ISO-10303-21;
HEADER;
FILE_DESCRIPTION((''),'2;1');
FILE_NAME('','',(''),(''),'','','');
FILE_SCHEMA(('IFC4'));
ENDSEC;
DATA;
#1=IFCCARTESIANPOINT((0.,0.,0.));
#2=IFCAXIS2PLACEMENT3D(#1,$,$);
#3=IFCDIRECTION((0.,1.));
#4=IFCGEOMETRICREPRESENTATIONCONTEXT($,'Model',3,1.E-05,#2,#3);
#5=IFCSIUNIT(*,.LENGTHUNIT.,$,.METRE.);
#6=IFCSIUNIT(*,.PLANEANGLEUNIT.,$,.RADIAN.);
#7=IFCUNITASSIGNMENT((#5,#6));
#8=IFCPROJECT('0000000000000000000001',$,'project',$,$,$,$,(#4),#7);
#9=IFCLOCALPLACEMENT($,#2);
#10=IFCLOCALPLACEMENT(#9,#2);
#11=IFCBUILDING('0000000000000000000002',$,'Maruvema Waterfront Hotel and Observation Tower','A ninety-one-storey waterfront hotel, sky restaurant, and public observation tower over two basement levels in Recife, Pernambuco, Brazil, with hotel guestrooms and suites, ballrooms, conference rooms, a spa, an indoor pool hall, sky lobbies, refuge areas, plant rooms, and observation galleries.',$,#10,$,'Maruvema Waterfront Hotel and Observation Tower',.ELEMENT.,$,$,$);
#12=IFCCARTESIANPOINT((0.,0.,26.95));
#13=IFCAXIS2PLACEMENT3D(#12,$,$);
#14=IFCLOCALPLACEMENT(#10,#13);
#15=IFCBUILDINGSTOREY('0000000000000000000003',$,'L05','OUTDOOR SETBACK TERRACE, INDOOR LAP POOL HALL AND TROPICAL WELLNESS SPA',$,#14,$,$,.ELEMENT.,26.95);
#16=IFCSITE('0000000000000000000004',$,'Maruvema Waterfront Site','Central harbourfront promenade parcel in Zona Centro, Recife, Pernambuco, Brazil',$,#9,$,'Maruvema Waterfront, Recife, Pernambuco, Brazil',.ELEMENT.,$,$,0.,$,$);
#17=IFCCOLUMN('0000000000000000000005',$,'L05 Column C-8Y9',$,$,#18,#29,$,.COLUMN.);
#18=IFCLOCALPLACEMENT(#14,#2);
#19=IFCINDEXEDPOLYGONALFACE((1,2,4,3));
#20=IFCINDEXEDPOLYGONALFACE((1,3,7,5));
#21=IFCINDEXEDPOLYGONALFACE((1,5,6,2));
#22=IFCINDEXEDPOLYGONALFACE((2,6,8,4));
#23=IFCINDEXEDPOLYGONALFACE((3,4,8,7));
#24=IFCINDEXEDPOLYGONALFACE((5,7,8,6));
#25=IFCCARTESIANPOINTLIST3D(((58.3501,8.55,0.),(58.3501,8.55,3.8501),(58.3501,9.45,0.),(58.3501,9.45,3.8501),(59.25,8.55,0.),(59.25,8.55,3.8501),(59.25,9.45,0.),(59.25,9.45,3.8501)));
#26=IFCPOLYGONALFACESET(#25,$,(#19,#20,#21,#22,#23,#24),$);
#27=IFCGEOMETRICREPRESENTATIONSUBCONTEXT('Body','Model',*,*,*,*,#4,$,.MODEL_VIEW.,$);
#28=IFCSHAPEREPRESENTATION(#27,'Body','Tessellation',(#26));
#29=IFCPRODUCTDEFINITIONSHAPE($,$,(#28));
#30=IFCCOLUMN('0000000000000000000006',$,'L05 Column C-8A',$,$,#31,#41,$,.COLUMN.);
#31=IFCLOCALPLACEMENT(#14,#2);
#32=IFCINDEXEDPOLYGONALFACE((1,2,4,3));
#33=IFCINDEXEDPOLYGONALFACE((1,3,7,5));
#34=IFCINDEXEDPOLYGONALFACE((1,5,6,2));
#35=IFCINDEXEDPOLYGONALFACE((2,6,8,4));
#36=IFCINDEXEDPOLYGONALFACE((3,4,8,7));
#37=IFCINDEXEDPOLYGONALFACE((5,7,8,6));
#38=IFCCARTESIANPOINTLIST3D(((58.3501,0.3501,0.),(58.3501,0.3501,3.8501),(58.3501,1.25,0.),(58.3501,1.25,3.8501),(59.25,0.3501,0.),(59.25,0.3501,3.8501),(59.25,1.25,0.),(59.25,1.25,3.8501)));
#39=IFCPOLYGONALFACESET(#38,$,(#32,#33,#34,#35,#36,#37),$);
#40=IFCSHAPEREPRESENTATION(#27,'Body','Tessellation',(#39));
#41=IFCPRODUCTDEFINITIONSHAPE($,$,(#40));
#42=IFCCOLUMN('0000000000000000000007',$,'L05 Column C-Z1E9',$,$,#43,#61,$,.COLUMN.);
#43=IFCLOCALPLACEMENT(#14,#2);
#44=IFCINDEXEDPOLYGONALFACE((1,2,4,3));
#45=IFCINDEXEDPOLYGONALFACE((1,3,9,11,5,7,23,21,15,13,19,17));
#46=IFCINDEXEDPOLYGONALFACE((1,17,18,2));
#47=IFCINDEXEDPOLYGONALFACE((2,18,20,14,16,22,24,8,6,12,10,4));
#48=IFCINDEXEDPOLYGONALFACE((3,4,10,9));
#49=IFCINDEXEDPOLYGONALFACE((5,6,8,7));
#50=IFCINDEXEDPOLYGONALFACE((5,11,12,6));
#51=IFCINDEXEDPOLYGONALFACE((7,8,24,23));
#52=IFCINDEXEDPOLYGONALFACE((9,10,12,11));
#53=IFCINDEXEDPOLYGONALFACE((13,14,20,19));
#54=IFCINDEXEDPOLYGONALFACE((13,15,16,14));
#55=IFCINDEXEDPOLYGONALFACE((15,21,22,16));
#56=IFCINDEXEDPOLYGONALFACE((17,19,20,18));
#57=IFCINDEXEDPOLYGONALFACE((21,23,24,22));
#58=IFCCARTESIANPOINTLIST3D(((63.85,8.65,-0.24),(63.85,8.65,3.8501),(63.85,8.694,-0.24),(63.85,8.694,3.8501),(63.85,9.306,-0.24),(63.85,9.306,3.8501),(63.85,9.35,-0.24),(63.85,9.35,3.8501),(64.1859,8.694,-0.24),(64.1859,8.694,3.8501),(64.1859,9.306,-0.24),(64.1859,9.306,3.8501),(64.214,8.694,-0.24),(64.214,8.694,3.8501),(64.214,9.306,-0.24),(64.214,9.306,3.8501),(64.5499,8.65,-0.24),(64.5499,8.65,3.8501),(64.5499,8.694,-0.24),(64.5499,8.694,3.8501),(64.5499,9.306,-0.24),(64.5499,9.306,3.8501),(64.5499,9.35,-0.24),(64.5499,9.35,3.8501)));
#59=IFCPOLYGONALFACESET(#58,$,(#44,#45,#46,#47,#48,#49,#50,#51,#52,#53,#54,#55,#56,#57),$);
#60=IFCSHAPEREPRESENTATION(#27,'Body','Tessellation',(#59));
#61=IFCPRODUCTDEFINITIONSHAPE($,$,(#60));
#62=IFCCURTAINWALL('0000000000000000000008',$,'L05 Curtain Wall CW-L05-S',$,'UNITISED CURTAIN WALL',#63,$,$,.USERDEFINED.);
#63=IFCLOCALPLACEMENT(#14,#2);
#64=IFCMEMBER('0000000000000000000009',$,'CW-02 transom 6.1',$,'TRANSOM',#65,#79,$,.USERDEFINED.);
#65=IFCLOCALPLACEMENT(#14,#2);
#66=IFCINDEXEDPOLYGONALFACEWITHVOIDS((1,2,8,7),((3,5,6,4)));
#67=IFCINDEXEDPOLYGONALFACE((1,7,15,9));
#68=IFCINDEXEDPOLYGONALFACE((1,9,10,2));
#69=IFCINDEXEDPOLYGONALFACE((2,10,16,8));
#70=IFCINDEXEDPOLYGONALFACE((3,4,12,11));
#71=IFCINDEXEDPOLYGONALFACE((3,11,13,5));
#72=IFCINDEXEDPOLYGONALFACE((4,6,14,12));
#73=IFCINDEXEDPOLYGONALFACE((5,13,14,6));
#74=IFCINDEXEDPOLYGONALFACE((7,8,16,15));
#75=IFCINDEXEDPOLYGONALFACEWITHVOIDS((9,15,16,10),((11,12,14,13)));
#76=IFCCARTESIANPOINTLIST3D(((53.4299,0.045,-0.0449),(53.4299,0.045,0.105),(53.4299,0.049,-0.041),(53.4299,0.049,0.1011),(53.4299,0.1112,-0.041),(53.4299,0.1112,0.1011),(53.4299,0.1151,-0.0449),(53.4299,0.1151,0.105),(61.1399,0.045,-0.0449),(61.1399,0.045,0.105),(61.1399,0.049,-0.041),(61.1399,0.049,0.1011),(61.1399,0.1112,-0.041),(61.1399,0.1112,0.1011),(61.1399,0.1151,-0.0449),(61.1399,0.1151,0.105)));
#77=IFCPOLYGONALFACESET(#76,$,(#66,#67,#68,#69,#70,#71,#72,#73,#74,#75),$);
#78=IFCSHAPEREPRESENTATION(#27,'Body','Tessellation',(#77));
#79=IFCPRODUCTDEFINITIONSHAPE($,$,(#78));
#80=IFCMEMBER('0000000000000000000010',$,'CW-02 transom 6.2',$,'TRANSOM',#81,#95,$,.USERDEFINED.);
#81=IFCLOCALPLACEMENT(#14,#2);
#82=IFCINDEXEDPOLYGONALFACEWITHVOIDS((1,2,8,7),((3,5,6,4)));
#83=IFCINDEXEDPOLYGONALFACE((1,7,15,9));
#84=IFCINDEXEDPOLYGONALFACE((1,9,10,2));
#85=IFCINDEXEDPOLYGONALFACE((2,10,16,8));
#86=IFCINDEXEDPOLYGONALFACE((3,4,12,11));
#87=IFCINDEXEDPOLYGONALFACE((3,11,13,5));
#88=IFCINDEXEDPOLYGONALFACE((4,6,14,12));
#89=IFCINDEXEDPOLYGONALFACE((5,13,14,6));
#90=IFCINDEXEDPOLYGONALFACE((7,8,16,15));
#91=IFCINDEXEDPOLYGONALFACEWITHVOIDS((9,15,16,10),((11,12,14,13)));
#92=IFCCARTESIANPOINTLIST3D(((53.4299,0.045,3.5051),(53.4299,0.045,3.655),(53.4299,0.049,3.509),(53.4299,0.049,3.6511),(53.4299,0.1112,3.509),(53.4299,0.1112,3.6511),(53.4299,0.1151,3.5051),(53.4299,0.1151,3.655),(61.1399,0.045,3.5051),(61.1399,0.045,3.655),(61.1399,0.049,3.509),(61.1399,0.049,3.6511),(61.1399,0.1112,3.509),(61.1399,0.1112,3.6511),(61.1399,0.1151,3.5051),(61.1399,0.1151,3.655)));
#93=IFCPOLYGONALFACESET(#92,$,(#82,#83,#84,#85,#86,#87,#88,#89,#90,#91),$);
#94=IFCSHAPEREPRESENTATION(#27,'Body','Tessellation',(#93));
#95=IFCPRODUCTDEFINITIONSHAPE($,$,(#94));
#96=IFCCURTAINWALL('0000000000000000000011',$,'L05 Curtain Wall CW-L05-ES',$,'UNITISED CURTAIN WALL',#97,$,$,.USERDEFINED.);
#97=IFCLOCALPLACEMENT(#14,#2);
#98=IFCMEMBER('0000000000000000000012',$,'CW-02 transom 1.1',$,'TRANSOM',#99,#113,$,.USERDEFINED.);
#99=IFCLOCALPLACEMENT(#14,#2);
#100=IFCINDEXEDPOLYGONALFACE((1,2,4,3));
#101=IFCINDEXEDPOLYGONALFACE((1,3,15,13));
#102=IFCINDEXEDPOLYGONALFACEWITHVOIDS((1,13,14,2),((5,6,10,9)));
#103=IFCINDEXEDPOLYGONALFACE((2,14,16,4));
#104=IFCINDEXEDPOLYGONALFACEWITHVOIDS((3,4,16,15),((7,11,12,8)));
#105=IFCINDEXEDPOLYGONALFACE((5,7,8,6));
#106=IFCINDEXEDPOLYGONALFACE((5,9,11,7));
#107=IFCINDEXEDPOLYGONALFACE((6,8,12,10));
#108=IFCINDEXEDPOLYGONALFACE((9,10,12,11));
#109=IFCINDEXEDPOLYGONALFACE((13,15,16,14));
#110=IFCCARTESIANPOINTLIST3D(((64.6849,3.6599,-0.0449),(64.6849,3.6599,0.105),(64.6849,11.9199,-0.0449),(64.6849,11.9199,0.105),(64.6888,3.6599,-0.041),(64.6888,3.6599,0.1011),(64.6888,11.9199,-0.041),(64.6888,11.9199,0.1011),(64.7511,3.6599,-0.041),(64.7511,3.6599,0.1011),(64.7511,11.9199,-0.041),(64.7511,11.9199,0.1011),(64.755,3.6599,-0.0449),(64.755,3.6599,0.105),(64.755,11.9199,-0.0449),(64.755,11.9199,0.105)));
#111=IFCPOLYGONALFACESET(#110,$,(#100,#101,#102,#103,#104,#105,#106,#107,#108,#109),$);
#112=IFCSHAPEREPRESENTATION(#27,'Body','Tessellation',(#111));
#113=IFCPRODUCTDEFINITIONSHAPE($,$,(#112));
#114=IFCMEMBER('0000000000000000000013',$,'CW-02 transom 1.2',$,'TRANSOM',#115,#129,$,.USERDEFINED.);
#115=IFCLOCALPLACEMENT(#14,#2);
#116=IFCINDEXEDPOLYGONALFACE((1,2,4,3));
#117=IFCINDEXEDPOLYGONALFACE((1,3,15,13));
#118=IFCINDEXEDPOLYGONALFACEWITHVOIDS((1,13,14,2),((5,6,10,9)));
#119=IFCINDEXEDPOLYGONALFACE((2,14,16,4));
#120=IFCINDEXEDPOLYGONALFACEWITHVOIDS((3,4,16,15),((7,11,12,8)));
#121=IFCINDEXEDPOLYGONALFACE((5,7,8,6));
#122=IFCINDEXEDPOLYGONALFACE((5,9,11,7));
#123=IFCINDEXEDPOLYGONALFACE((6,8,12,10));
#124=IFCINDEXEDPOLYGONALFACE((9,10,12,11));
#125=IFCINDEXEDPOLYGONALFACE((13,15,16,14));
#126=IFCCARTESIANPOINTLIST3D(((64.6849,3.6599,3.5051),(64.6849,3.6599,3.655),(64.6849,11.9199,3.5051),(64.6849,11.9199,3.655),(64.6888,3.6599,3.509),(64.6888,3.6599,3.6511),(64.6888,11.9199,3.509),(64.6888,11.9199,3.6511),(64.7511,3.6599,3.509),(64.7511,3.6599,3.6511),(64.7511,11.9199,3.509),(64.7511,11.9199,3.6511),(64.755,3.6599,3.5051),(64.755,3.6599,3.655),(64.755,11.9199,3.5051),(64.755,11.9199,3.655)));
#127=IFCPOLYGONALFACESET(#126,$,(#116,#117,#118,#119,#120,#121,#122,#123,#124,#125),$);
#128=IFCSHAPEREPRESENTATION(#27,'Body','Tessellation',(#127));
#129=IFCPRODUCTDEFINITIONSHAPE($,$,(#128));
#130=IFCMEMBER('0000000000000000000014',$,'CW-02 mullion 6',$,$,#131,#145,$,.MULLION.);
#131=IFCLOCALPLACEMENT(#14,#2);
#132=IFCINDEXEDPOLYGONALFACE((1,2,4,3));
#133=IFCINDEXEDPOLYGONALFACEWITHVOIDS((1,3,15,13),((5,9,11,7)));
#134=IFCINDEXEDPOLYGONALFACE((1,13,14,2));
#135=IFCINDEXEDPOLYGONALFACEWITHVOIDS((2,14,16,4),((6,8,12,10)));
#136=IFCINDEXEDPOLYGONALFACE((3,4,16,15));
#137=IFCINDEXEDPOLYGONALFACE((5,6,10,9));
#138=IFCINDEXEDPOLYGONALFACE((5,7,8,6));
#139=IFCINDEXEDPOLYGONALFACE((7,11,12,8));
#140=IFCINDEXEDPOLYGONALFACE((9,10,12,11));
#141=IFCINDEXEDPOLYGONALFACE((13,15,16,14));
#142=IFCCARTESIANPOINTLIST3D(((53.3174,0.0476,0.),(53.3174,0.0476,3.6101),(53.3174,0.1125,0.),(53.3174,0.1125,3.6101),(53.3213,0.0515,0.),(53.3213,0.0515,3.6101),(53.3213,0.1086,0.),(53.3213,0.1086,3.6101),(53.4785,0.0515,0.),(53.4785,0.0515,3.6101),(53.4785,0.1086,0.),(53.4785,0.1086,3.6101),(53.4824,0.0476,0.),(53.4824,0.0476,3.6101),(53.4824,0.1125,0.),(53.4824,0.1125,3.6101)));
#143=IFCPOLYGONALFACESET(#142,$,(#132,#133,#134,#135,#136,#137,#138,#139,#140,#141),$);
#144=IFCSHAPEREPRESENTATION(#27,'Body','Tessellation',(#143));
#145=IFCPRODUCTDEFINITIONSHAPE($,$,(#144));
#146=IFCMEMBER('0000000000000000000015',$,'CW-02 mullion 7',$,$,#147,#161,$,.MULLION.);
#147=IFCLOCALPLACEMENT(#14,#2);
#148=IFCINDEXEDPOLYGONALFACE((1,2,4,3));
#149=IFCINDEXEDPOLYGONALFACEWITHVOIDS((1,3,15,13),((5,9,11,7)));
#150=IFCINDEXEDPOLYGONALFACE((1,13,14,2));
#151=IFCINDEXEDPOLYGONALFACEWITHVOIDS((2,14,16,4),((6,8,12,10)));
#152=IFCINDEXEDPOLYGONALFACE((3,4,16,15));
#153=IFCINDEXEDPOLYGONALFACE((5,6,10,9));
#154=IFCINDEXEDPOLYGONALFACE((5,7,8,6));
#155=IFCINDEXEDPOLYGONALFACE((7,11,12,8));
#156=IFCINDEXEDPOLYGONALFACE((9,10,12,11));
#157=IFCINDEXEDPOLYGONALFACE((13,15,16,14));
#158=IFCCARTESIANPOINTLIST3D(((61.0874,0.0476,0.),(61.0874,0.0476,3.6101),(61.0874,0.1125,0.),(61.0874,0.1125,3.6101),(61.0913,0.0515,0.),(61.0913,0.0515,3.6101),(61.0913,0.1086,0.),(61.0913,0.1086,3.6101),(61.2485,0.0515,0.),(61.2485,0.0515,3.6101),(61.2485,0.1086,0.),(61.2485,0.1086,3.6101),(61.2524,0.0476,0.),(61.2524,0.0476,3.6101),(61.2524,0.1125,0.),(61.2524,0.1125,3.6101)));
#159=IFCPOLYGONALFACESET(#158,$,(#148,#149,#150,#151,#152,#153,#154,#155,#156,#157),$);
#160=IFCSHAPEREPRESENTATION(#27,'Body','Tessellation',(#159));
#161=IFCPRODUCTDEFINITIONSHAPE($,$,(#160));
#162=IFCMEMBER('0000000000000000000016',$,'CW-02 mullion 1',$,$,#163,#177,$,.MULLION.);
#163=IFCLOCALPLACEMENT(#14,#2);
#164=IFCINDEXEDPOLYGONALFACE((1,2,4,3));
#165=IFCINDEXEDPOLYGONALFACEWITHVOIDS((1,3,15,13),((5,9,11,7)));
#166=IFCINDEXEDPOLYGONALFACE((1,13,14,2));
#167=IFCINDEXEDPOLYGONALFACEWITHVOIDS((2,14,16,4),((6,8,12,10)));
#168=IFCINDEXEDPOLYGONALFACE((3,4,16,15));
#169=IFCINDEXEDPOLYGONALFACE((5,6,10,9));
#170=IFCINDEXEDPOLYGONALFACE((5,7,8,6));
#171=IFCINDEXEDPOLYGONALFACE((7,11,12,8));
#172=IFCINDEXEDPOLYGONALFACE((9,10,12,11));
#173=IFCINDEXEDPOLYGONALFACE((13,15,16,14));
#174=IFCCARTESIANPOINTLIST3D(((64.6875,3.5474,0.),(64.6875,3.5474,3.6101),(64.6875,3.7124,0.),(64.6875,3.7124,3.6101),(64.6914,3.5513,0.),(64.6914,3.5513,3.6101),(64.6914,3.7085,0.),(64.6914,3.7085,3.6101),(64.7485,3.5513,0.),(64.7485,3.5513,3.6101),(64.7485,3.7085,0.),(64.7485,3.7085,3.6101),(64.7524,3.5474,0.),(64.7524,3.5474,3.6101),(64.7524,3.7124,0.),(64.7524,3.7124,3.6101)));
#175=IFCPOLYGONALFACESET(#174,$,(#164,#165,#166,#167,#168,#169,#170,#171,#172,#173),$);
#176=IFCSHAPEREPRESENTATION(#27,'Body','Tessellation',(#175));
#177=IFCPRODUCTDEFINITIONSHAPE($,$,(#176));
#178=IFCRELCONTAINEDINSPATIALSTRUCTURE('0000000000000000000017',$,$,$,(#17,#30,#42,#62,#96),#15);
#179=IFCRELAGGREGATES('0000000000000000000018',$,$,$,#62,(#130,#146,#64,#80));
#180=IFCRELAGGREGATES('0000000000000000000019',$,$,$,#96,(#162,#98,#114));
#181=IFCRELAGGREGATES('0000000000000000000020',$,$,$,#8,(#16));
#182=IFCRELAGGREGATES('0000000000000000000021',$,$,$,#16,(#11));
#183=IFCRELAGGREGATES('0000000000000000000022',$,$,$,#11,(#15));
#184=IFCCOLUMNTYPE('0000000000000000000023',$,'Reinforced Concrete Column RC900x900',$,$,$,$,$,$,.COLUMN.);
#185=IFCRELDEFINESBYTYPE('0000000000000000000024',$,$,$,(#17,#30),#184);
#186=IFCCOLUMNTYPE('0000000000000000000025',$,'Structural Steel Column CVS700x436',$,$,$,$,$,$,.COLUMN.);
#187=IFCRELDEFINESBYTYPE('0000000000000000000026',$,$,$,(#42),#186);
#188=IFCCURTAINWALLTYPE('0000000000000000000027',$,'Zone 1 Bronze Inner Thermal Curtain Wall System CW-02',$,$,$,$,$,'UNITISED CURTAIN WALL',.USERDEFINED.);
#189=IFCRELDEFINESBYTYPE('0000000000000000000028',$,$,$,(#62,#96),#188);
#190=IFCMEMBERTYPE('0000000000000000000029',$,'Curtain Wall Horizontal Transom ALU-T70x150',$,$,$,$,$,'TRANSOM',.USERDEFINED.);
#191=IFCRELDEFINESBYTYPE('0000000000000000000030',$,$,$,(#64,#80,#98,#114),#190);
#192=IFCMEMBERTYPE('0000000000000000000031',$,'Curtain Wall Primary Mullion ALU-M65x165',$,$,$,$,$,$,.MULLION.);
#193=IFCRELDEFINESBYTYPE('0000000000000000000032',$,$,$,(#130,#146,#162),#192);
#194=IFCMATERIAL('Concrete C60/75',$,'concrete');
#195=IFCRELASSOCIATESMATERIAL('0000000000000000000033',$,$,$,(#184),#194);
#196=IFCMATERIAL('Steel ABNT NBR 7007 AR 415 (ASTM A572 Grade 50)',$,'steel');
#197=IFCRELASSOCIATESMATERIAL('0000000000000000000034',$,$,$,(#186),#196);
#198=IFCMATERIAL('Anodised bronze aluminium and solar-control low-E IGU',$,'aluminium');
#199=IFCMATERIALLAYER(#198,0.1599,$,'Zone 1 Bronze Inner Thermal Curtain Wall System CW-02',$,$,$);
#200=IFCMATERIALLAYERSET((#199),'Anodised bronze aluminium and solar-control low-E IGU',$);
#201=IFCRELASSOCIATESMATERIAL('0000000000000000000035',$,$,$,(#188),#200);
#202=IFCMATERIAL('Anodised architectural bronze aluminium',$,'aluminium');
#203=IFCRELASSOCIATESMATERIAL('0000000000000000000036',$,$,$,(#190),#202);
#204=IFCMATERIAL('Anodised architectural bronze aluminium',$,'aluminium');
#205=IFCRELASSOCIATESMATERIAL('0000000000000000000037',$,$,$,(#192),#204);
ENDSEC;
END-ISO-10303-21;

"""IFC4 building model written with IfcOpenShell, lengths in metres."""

from ifc_helpers import new_model, si_unit, direction, frame, origin, origin_2d, place, context, subcontext, project, spatial, rectangle, hollow_rectangle, i_section, extrude, material, layer, layer_set, material_profile, profile_set, type_object, element, aggregate, save


model = new_model("IFC4")

# Units and contexts
model_context = context("Model", 3, precision=1e-05, world=origin(), true_north=direction((0.0, 1.0)))
body_context = subcontext(model_context, "Body", "Model", "MODEL_VIEW")
ifc_project = project(units=[si_unit("LENGTHUNIT", "METRE"), si_unit("PLANEANGLEUNIT", "RADIAN")], contexts=[model_context])

# Site, building, storey
site_placement = place(None, origin())
site = spatial("IfcSite", under=ifc_project, at=site_placement, Name="Maruvema Waterfront Site", Description="Central harbourfront promenade parcel in Zona Centro, Recife, Pernambuco, Brazil", LongName="Maruvema Waterfront, Recife, Pernambuco, Brazil", CompositionType="ELEMENT", RefElevation=0.0)
building_placement = place(site_placement, origin())
building = spatial("IfcBuilding", under=site, at=building_placement, Name="Maruvema Waterfront Hotel and Observation Tower", Description="A ninety-one-storey waterfront hotel, sky restaurant, and public observation tower over two basement levels in Recife, Pernambuco, Brazil, with hotel guestrooms and suites, ballrooms, conference rooms, a spa, an indoor pool hall, sky lobbies, refuge areas, plant rooms, and observation galleries.", LongName="Maruvema Waterfront Hotel and Observation Tower", CompositionType="ELEMENT")
storey_placement = place(building_placement, frame((0.0, 0.0, 26.95)))
storey = spatial("IfcBuildingStorey", under=building, at=storey_placement, Name="L05", Description="OUTDOOR SETBACK TERRACE, INDOOR LAP POOL HALL AND TROPICAL WELLNESS SPA", CompositionType="ELEMENT", Elevation=26.95)

# Columns
ifc_material_1 = material(Name="Concrete C60/75", Category="concrete")
ifc_material_profile_1 = material_profile(ifc_material_1, rectangle(XDim=0.8999, YDim=0.8999, at=origin_2d()), Name="RC900x900")
ifc_profile_set_1 = profile_set([ifc_material_profile_1], Name="Concrete C60/75")
column_type_1 = type_object("IfcColumnType", Name="Reinforced Concrete Column RC900x900", PredefinedType="COLUMN", material=ifc_profile_set_1)
for number, where, z_axis, x_axis, name in (
    (1, (58.8, 9.0, 0.0), (0.0, 0.0, 1.0), (1.0, 0.0, 0.0), "L05 Column C-8Y9"),
    (2, (58.8, 0.8, 0.0), (0.0, 0.0, 1.0), (1.0, 0.0, 0.0), "L05 Column C-8A"),
):
    element("IfcColumn", number, at=place(storey_placement, frame(where, z_axis=z_axis, x_axis=x_axis)), inside=storey, type_object=column_type_1, Name=name, PredefinedType="COLUMN", context=body_context, shape_type="SweptSolid", body=[
        extrude(rectangle(XDim=0.8999, YDim=0.8999, at=origin_2d()), origin(), (0.0, 0.0, 1.0), 3.8501),
    ])
ifc_material_2 = material(Name="Steel ABNT NBR 7007 AR 415 (ASTM A572 Grade 50)", Category="steel")
ifc_material_profile_2 = material_profile(ifc_material_2, i_section(OverallWidth=0.7, OverallDepth=0.7, WebThickness=0.0281, FlangeThickness=0.0439, at=origin_2d()), Name="CVS700x436")
ifc_profile_set_2 = profile_set([ifc_material_profile_2], Name="Steel ABNT NBR 7007 AR 415 (ASTM A572 Grade 50)")
column_type_2 = type_object("IfcColumnType", Name="Structural Steel Column CVS700x436", PredefinedType="COLUMN", material=ifc_profile_set_2)
column_placement = place(storey_placement, frame((64.2, 9.0, -0.24), z_axis=(0.0, 0.0, 1.0), x_axis=(1.0, 0.0, 0.0)))
element("IfcColumn", 3, at=column_placement, inside=storey, type_object=column_type_2, Name="L05 Column C-Z1E9", PredefinedType="COLUMN", context=body_context, shape_type="SweptSolid", body=[
    extrude(i_section(OverallWidth=0.7, OverallDepth=0.7, WebThickness=0.0281, FlangeThickness=0.0439, at=origin_2d()), origin(), (0.0, 0.0, 1.0), 4.0901),
])

# Curtain walls, members
ifc_material_3 = material(Name="Anodised bronze aluminium and solar-control low-E IGU", Category="aluminium")
ifc_layer_1 = layer(ifc_material_3, 0.1599, Name="Zone 1 Bronze Inner Thermal Curtain Wall System CW-02")
ifc_layer_set_1 = layer_set([ifc_layer_1], Name="Anodised bronze aluminium and solar-control low-E IGU")
curtain_wall_type = type_object("IfcCurtainWallType", Name="Zone 1 Bronze Inner Thermal Curtain Wall System CW-02", ElementType="UNITISED CURTAIN WALL", PredefinedType="USERDEFINED", material=ifc_layer_set_1)
curtain_wall_1_placement = place(storey_placement, origin())
curtain_wall_1 = element("IfcCurtainWall", 4, at=curtain_wall_1_placement, inside=storey, type_object=curtain_wall_type, Name="L05 Curtain Wall CW-L05-S", ObjectType="UNITISED CURTAIN WALL", PredefinedType="USERDEFINED")
ifc_material_4 = material(Name="Anodised architectural bronze aluminium", Category="aluminium")
ifc_material_profile_3 = material_profile(ifc_material_4, hollow_rectangle(XDim=0.0701, YDim=0.1499, WallThickness=0.0039, at=origin_2d()), Name="ALU-T70x150")
ifc_profile_set_3 = profile_set([ifc_material_profile_3], Name="Anodised architectural bronze aluminium")
member_type_1 = type_object("IfcMemberType", Name="Curtain Wall Horizontal Transom ALU-T70x150", ElementType="TRANSOM", PredefinedType="USERDEFINED", material=ifc_profile_set_3)
member_1_placement = place(storey_placement, frame((53.4299, 0.0801, 0.03), z_axis=(1.0, 0.0, 0.0), x_axis=(0.0, 1.0, 0.0)))
member_1 = element("IfcMember", 5, at=member_1_placement, type_object=member_type_1, Name="CW-02 transom 6.1", ObjectType="TRANSOM", PredefinedType="USERDEFINED", context=body_context, shape_type="SweptSolid", body=[
    extrude(hollow_rectangle(XDim=0.0701, YDim=0.1499, WallThickness=0.0039, at=origin_2d()), origin(), (0.0, 0.0, 1.0), 7.71),
])
member_2_placement = place(storey_placement, frame((53.4299, 0.0801, 3.5801), z_axis=(1.0, 0.0, 0.0), x_axis=(0.0, 1.0, 0.0)))
member_2 = element("IfcMember", 6, at=member_2_placement, type_object=member_type_1, Name="CW-02 transom 6.2", ObjectType="TRANSOM", PredefinedType="USERDEFINED", context=body_context, shape_type="SweptSolid", body=[
    extrude(hollow_rectangle(XDim=0.0701, YDim=0.1499, WallThickness=0.0039, at=origin_2d()), origin(), (0.0, 0.0, 1.0), 7.71),
])
curtain_wall_2_placement = place(storey_placement, origin())
curtain_wall_2 = element("IfcCurtainWall", 7, at=curtain_wall_2_placement, inside=storey, type_object=curtain_wall_type, Name="L05 Curtain Wall CW-L05-ES", ObjectType="UNITISED CURTAIN WALL", PredefinedType="USERDEFINED")
member_3_placement = place(storey_placement, frame((64.72, 3.6599, 0.03), z_axis=(0.0, 1.0, 0.0), x_axis=(-1.0, 0.0, 0.0)))
member_3 = element("IfcMember", 8, at=member_3_placement, type_object=member_type_1, Name="CW-02 transom 1.1", ObjectType="TRANSOM", PredefinedType="USERDEFINED", context=body_context, shape_type="SweptSolid", body=[
    extrude(hollow_rectangle(XDim=0.0701, YDim=0.1499, WallThickness=0.0039, at=origin_2d()), origin(), (0.0, 0.0, 1.0), 8.26),
])
member_4_placement = place(storey_placement, frame((64.72, 3.6599, 3.5801), z_axis=(0.0, 1.0, 0.0), x_axis=(-1.0, 0.0, 0.0)))
member_4 = element("IfcMember", 9, at=member_4_placement, type_object=member_type_1, Name="CW-02 transom 1.2", ObjectType="TRANSOM", PredefinedType="USERDEFINED", context=body_context, shape_type="SweptSolid", body=[
    extrude(hollow_rectangle(XDim=0.0701, YDim=0.1499, WallThickness=0.0039, at=origin_2d()), origin(), (0.0, 0.0, 1.0), 8.26),
])

# Members
ifc_material_5 = material(Name="Anodised architectural bronze aluminium", Category="aluminium")
ifc_material_profile_4 = material_profile(ifc_material_5, hollow_rectangle(XDim=0.0649, YDim=0.165, WallThickness=0.0039, at=origin_2d()), Name="ALU-M65x165")
ifc_profile_set_4 = profile_set([ifc_material_profile_4], Name="Anodised architectural bronze aluminium")
member_type_2 = type_object("IfcMemberType", Name="Curtain Wall Primary Mullion ALU-M65x165", PredefinedType="MULLION", material=ifc_profile_set_4)
member_5_placement = place(storey_placement, frame((53.3999, 0.0801, 0.0), z_axis=(0.0, 0.0, 1.0), x_axis=(0.0, 1.0, 0.0)))
member_5 = element("IfcMember", 10, at=member_5_placement, type_object=member_type_2, Name="CW-02 mullion 6", PredefinedType="MULLION", context=body_context, shape_type="SweptSolid", body=[
    extrude(hollow_rectangle(XDim=0.0649, YDim=0.165, WallThickness=0.0039, at=origin_2d()), origin(), (0.0, 0.0, 1.0), 3.6101),
])
member_6_placement = place(storey_placement, frame((61.1699, 0.0801, 0.0), z_axis=(0.0, 0.0, 1.0), x_axis=(0.0, 1.0, 0.0)))
member_6 = element("IfcMember", 11, at=member_6_placement, type_object=member_type_2, Name="CW-02 mullion 7", PredefinedType="MULLION", context=body_context, shape_type="SweptSolid", body=[
    extrude(hollow_rectangle(XDim=0.0649, YDim=0.165, WallThickness=0.0039, at=origin_2d()), origin(), (0.0, 0.0, 1.0), 3.6101),
])
member_7_placement = place(storey_placement, frame((64.72, 3.6299, 0.0), z_axis=(0.0, 0.0, 1.0), x_axis=(-1.0, 0.0, 0.0)))
member_7 = element("IfcMember", 12, at=member_7_placement, type_object=member_type_2, Name="CW-02 mullion 1", PredefinedType="MULLION", context=body_context, shape_type="SweptSolid", body=[
    extrude(hollow_rectangle(XDim=0.0649, YDim=0.165, WallThickness=0.0039, at=origin_2d()), origin(), (0.0, 0.0, 1.0), 3.6101),
])

aggregate(curtain_wall_1, [member_5, member_6, member_1, member_2])
aggregate(curtain_wall_2, [member_7, member_3, member_4])

save(model, "model.ifc")
